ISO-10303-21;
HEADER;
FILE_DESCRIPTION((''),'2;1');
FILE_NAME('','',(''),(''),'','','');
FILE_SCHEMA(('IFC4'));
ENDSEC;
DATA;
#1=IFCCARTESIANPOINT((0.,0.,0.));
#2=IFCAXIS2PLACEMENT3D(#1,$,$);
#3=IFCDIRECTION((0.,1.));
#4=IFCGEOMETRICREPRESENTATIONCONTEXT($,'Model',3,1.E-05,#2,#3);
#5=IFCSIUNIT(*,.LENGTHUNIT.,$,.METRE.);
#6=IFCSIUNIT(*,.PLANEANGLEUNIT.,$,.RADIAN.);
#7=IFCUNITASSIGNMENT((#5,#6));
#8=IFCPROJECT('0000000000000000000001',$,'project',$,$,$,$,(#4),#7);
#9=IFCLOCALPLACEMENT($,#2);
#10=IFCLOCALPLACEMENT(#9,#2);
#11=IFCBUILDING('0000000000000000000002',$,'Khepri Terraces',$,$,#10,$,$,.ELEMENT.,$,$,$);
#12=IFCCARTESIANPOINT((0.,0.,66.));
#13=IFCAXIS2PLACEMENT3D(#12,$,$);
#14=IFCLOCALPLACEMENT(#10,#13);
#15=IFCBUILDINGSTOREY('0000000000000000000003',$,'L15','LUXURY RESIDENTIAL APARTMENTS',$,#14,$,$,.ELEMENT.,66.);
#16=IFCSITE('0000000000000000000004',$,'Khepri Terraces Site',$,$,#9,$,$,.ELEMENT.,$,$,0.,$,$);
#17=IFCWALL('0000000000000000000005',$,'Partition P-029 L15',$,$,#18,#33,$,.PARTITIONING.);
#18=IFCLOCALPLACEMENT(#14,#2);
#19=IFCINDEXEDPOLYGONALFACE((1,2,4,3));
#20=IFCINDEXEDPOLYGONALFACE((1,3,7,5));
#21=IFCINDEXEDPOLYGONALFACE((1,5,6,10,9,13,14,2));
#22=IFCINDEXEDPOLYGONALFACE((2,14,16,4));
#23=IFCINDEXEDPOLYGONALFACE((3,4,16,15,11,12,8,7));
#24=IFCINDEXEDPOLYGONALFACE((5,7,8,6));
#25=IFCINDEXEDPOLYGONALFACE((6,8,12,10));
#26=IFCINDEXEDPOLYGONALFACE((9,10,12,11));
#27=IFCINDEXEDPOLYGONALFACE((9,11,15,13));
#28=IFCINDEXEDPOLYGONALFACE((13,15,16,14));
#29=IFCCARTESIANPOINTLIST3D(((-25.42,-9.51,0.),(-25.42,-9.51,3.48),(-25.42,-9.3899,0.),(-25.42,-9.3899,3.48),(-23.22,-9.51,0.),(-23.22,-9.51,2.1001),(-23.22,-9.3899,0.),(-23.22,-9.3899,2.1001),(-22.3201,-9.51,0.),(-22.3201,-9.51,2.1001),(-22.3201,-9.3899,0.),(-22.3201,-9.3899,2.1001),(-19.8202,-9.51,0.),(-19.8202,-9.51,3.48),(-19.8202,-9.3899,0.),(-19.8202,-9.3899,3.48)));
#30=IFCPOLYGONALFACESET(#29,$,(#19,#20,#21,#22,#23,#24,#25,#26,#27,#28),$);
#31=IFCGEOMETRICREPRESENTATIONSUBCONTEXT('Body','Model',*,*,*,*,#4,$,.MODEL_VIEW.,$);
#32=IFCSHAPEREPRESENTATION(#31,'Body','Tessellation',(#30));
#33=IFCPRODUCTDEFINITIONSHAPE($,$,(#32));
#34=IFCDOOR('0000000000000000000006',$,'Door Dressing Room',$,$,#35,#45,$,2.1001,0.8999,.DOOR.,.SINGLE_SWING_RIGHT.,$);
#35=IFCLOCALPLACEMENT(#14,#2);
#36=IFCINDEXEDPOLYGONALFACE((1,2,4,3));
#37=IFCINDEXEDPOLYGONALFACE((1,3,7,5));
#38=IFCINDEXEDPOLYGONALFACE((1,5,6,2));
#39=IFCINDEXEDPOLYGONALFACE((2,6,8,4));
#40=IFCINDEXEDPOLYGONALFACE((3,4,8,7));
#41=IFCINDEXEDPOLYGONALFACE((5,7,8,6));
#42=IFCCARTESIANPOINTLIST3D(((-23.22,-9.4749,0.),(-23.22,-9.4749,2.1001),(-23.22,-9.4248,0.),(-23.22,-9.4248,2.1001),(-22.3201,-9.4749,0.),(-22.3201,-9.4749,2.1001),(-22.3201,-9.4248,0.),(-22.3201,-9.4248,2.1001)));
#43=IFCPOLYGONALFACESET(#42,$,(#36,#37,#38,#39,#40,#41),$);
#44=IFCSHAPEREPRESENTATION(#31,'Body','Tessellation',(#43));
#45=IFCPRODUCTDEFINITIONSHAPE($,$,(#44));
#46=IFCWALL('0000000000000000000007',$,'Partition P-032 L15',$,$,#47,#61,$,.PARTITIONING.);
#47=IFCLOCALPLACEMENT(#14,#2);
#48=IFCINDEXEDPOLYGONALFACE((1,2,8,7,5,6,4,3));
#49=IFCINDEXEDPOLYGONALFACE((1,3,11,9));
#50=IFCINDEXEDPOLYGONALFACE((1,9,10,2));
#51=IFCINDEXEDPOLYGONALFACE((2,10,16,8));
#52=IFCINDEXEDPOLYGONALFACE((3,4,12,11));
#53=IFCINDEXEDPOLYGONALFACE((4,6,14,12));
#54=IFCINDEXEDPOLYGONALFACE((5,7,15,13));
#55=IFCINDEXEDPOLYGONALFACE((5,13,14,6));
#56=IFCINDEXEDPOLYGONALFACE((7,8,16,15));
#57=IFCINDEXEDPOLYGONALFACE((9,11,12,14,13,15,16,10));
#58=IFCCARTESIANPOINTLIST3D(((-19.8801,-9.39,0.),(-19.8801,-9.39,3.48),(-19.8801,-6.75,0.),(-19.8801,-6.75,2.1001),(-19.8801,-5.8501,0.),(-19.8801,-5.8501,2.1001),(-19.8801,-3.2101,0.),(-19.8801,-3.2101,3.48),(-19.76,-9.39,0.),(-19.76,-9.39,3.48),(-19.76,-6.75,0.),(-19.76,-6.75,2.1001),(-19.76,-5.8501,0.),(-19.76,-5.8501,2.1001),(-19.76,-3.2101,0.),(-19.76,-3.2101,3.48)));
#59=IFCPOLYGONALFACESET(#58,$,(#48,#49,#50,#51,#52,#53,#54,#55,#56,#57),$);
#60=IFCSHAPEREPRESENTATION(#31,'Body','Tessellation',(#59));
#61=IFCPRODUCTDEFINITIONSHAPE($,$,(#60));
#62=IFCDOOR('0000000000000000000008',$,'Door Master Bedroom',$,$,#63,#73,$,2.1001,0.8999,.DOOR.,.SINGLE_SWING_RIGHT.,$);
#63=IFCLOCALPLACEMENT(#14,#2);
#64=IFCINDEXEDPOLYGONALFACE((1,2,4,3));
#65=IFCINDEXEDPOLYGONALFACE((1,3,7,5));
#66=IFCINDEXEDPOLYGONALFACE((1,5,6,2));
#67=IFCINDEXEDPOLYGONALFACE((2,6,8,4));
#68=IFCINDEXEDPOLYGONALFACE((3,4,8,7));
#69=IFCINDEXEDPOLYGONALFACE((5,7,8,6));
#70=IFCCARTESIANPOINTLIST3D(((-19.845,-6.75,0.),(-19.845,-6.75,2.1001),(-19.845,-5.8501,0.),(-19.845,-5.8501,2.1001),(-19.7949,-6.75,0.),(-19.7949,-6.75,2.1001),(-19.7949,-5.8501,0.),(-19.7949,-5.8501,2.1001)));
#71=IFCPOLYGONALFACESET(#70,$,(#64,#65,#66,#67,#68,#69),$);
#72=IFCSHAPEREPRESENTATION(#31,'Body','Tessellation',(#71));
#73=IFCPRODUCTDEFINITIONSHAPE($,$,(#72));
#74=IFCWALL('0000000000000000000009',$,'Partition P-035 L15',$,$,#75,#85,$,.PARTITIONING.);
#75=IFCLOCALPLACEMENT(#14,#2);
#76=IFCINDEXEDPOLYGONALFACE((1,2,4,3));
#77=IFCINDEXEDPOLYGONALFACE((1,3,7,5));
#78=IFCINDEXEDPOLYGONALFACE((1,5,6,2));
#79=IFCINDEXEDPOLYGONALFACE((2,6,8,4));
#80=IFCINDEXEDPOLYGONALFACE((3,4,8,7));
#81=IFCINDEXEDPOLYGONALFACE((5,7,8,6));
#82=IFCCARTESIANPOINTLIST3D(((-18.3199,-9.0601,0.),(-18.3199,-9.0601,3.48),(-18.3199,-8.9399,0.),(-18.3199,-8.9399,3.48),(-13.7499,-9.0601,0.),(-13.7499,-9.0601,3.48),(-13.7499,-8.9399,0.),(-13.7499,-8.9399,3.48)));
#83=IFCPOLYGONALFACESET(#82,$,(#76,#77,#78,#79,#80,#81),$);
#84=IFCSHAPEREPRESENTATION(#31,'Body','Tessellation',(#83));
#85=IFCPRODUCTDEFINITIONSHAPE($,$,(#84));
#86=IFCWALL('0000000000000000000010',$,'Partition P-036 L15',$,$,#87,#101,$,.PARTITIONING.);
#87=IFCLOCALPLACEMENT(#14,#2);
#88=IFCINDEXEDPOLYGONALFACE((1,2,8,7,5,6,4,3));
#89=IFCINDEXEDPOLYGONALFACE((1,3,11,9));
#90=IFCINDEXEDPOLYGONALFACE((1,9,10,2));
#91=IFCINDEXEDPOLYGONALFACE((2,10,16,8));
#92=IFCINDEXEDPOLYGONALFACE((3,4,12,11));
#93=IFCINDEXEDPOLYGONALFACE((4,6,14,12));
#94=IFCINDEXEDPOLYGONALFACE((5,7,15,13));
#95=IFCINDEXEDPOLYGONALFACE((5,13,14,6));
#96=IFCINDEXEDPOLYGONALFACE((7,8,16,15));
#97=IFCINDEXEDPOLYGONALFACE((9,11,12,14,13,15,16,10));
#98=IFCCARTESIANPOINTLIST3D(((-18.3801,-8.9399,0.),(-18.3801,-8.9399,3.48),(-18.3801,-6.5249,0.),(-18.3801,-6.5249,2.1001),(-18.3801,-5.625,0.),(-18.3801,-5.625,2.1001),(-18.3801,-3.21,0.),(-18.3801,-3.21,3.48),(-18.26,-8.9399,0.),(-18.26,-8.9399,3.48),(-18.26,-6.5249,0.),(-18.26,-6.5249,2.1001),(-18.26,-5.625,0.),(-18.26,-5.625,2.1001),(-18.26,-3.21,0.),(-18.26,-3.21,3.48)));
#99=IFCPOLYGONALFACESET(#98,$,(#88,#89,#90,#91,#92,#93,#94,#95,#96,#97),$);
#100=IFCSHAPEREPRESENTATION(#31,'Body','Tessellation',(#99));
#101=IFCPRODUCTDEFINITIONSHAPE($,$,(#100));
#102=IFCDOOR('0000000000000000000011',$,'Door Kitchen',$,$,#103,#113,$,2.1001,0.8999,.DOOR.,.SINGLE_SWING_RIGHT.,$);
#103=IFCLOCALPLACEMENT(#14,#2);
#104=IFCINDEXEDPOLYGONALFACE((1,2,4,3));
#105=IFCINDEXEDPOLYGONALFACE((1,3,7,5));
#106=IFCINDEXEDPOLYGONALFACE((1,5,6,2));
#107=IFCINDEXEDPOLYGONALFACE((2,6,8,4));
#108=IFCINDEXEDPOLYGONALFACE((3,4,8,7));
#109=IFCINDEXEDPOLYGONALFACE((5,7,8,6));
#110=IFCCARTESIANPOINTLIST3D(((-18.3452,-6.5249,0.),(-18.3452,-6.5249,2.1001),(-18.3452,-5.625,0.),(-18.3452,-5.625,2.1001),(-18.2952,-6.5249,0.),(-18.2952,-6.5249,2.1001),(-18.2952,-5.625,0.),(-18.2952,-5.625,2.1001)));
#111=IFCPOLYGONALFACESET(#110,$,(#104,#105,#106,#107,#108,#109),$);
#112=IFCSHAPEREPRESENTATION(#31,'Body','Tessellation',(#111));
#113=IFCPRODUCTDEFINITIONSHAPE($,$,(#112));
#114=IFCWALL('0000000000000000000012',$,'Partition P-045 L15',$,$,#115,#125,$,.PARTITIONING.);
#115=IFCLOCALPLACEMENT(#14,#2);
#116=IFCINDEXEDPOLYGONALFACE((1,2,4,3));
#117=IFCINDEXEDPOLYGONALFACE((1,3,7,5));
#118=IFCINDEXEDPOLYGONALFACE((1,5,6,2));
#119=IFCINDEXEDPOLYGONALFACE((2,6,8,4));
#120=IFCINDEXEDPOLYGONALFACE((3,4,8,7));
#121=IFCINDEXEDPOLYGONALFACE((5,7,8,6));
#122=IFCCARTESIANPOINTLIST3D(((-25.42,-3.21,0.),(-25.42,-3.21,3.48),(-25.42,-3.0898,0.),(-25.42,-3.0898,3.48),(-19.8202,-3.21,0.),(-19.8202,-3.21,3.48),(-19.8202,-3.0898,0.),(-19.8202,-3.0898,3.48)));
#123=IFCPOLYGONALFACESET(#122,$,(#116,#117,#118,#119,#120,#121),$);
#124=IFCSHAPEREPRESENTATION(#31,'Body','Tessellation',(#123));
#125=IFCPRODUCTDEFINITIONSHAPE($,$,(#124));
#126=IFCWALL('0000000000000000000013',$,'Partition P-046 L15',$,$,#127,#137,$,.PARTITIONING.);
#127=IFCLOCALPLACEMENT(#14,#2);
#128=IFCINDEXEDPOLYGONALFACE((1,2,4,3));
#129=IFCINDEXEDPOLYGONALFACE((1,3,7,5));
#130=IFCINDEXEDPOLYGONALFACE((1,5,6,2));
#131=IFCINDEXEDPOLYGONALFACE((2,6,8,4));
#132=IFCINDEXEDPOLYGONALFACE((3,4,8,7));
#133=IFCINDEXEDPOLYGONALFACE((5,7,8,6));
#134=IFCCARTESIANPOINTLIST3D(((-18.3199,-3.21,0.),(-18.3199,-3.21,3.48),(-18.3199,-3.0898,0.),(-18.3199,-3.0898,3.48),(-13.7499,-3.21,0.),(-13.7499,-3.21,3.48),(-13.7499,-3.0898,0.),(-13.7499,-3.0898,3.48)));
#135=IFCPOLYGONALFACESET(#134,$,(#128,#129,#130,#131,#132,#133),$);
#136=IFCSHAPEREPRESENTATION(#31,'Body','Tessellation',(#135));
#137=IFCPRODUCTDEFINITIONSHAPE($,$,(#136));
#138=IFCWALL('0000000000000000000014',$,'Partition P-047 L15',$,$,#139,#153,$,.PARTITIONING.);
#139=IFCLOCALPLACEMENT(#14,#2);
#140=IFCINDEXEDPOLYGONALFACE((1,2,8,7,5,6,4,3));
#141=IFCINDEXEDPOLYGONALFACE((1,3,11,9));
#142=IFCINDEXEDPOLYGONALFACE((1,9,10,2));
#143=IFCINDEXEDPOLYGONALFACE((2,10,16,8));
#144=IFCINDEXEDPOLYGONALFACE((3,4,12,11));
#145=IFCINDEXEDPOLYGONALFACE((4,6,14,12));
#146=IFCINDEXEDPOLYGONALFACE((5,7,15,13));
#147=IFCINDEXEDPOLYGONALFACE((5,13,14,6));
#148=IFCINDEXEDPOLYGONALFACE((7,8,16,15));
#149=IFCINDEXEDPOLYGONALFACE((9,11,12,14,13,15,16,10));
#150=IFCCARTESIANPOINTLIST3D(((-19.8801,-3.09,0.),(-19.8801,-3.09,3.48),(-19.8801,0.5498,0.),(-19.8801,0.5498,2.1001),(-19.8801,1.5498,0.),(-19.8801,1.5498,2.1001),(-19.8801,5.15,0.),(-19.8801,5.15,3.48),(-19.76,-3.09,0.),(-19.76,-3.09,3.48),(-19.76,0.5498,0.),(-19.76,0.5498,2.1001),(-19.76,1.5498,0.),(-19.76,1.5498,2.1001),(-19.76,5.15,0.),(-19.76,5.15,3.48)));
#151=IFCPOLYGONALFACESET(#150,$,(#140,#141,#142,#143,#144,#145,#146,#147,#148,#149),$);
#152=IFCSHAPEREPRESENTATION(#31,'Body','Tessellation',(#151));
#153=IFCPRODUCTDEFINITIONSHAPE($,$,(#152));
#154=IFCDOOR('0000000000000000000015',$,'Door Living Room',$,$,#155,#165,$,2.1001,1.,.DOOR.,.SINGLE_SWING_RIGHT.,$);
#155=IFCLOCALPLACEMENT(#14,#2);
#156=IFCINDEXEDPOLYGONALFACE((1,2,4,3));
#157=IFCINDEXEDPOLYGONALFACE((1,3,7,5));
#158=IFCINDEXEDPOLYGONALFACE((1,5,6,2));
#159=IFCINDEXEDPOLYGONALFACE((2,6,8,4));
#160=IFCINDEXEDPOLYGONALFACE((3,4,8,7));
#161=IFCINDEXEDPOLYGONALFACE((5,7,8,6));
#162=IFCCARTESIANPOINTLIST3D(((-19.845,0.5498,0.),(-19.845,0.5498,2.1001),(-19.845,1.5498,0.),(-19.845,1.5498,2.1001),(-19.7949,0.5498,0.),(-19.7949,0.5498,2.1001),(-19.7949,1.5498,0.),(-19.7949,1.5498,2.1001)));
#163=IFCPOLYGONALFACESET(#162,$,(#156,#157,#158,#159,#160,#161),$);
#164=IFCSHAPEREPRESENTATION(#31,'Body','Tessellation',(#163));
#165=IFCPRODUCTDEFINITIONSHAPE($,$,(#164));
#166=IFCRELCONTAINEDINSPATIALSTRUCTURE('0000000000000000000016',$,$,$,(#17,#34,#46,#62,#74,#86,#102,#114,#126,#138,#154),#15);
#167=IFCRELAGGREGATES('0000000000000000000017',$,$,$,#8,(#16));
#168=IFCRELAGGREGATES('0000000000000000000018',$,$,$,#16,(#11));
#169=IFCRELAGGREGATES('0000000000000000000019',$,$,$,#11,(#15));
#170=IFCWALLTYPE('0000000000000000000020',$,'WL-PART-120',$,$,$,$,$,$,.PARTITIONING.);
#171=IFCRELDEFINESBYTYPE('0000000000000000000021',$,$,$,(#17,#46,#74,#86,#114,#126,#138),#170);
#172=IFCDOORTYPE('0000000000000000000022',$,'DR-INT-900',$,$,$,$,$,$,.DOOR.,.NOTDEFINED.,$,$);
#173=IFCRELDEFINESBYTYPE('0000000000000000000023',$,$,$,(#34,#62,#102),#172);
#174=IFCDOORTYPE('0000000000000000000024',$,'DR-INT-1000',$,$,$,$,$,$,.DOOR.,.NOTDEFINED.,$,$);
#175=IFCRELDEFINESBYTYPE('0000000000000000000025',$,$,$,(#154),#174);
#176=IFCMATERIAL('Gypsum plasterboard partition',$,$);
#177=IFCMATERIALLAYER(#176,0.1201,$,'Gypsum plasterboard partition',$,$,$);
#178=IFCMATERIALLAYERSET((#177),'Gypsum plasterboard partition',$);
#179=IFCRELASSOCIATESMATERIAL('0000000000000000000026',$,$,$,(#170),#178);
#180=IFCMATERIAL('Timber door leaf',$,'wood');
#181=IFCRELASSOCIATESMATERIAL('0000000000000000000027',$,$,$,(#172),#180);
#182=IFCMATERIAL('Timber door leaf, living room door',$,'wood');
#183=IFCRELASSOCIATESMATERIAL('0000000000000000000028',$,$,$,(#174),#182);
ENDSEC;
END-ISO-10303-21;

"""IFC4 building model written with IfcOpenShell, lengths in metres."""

from ifc_helpers import new_model, si_unit, direction, frame, frame_2d, origin, place, context, subcontext, project, spatial, rectangle, extrude, material, layer, layer_set, type_object, element, fill, save


model = new_model("IFC4")

# Units and contexts
model_context = context("Model", 3, precision=1e-05, world=origin(), true_north=direction((0.0, 1.0)))
body_context = subcontext(model_context, "Body", "Model", "MODEL_VIEW")
ifc_project = project(units=[si_unit("LENGTHUNIT", "METRE"), si_unit("PLANEANGLEUNIT", "RADIAN")], contexts=[model_context])

# Site, building, storey
site_placement = place(None, origin())
site = spatial("IfcSite", under=ifc_project, at=site_placement, Name="Khepri Terraces Site", CompositionType="ELEMENT", RefElevation=0.0)
building_placement = place(site_placement, origin())
building = spatial("IfcBuilding", under=site, at=building_placement, Name="Khepri Terraces", CompositionType="ELEMENT")
storey_placement = place(building_placement, frame((0.0, 0.0, 66.0)))
storey = spatial("IfcBuildingStorey", under=building, at=storey_placement, Name="L15", Description="LUXURY RESIDENTIAL APARTMENTS", CompositionType="ELEMENT", Elevation=66.0)

# Walls, openings, doors
ifc_material_1 = material(Name="Gypsum plasterboard partition")
ifc_layer_1 = layer(ifc_material_1, 0.1201, Name="Gypsum plasterboard partition")
ifc_layer_set_1 = layer_set([ifc_layer_1], Name="Gypsum plasterboard partition")
wall_type_1 = type_object("IfcWallType", Name="WL-PART-120", PredefinedType="PARTITIONING", material=ifc_layer_set_1)
wall_1_placement = place(storey_placement, frame((-25.4199, -9.45, 0.0), z_axis=(0.0, 0.0, 1.0), x_axis=(1.0, 0.0, 0.0)))
wall_1 = element("IfcWall", 1, at=wall_1_placement, inside=storey, type_object=wall_type_1, Name="Partition P-029 L15", PredefinedType="PARTITIONING", context=body_context, shape_type="SweptSolid", body=[
    extrude(rectangle(XDim=5.5999, YDim=0.1201, at=frame_2d((2.7998, 0.0))), origin(), (0.0, 0.0, 1.0), 3.48),
])
opening_1_placement = place(wall_1_placement, frame((2.2, 0.0, 0.0)))
opening_1 = element("IfcOpeningElement", 2, at=opening_1_placement, cuts=wall_1, PredefinedType="OPENING", context=body_context, shape_type="SweptSolid", body=[
    extrude(rectangle(XDim=0.8999, YDim=2.1001, at=frame_2d((0.45, 1.05))), frame((0.0, 0.0701, 0.0), z_axis=(0.0, -1.0, 0.0), x_axis=(1.0, 0.0, 0.0)), (0.0, 0.0, 1.0), 0.1401),
])
ifc_material_2 = material(Name="Timber door leaf", Category="wood")
door_type_1 = type_object("IfcDoorType", Name="DR-INT-900", OperationType="NOTDEFINED", PredefinedType="DOOR", material=ifc_material_2)
door_1_placement = place(opening_1_placement, frame((0.8999, 0.0, 0.0), z_axis=(0.0, 0.0, 1.0), x_axis=(-1.0, 0.0, 0.0)))
door_1 = element("IfcDoor", 3, at=door_1_placement, inside=storey, type_object=door_type_1, Name="Door Dressing Room", OperationType="SINGLE_SWING_RIGHT", OverallHeight=2.1001, OverallWidth=0.8999, PredefinedType="DOOR", context=body_context, shape_type="SweptSolid", body=[
    extrude(rectangle(XDim=0.8999, YDim=2.1001, at=frame_2d((0.45, 1.05))), frame((0.0, 0.0249, 0.0), z_axis=(0.0, -1.0, 0.0), x_axis=(1.0, 0.0, 0.0)), (0.0, 0.0, 1.0), 0.05),
])
fill(opening_1, door_1)
wall_2_placement = place(storey_placement, frame((-19.8201, -9.3899, 0.0), z_axis=(0.0, 0.0, 1.0), x_axis=(0.0, 1.0, 0.0)))
wall_2 = element("IfcWall", 4, at=wall_2_placement, inside=storey, type_object=wall_type_1, Name="Partition P-032 L15", PredefinedType="PARTITIONING", context=body_context, shape_type="SweptSolid", body=[
    extrude(rectangle(XDim=6.1799, YDim=0.1201, at=frame_2d((3.0898, 0.0))), origin(), (0.0, 0.0, 1.0), 3.48),
])
opening_2_placement = place(wall_2_placement, frame((2.6399, 0.0, 0.0)))
opening_2 = element("IfcOpeningElement", 5, at=opening_2_placement, cuts=wall_2, PredefinedType="OPENING", context=body_context, shape_type="SweptSolid", body=[
    extrude(rectangle(XDim=0.8999, YDim=2.1001, at=frame_2d((0.45, 1.05))), frame((0.0, 0.0701, 0.0), z_axis=(0.0, -1.0, 0.0), x_axis=(1.0, 0.0, 0.0)), (0.0, 0.0, 1.0), 0.1401),
])
door_2_placement = place(opening_2_placement, origin())
door_2 = element("IfcDoor", 6, at=door_2_placement, inside=storey, type_object=door_type_1, Name="Door Master Bedroom", OperationType="SINGLE_SWING_RIGHT", OverallHeight=2.1001, OverallWidth=0.8999, PredefinedType="DOOR", context=body_context, shape_type="SweptSolid", body=[
    extrude(rectangle(XDim=0.8999, YDim=2.1001, at=frame_2d((0.45, 1.05))), frame((0.0, 0.0249, 0.0), z_axis=(0.0, -1.0, 0.0), x_axis=(1.0, 0.0, 0.0)), (0.0, 0.0, 1.0), 0.05),
])
fill(opening_2, door_2)

# Wall
wall_3_placement = place(storey_placement, frame((-18.3201, -9.0, 0.0), z_axis=(0.0, 0.0, 1.0), x_axis=(1.0, 0.0, 0.0)))
element("IfcWall", 7, at=wall_3_placement, inside=storey, type_object=wall_type_1, Name="Partition P-035 L15", PredefinedType="PARTITIONING", context=body_context, shape_type="SweptSolid", body=[
    extrude(rectangle(XDim=4.5701, YDim=0.1201, at=frame_2d((2.2852, 0.0))), origin(), (0.0, 0.0, 1.0), 3.48),
])

# Wall, opening, door
wall_4_placement = place(storey_placement, frame((-18.3201, -8.9399, 0.0), z_axis=(0.0, 0.0, 1.0), x_axis=(0.0, 1.0, 0.0)))
wall_4 = element("IfcWall", 8, at=wall_4_placement, inside=storey, type_object=wall_type_1, Name="Partition P-036 L15", PredefinedType="PARTITIONING", context=body_context, shape_type="SweptSolid", body=[
    extrude(rectangle(XDim=5.73, YDim=0.1201, at=frame_2d((2.865, 0.0))), origin(), (0.0, 0.0, 1.0), 3.48),
])
opening_3_placement = place(wall_4_placement, frame((2.415, 0.0, 0.0)))
opening_3 = element("IfcOpeningElement", 9, at=opening_3_placement, cuts=wall_4, PredefinedType="OPENING", context=body_context, shape_type="SweptSolid", body=[
    extrude(rectangle(XDim=0.8999, YDim=2.1001, at=frame_2d((0.45, 1.05))), frame((0.0, 0.0701, 0.0), z_axis=(0.0, -1.0, 0.0), x_axis=(1.0, 0.0, 0.0)), (0.0, 0.0, 1.0), 0.1401),
])
door_3_placement = place(opening_3_placement, frame((0.8999, 0.0, 0.0), z_axis=(0.0, 0.0, 1.0), x_axis=(-1.0, 0.0, 0.0)))
door_3 = element("IfcDoor", 10, at=door_3_placement, inside=storey, type_object=door_type_1, Name="Door Kitchen", OperationType="SINGLE_SWING_RIGHT", OverallHeight=2.1001, OverallWidth=0.8999, PredefinedType="DOOR", context=body_context, shape_type="SweptSolid", body=[
    extrude(rectangle(XDim=0.8999, YDim=2.1001, at=frame_2d((0.45, 1.05))), frame((0.0, 0.0249, 0.0), z_axis=(0.0, -1.0, 0.0), x_axis=(1.0, 0.0, 0.0)), (0.0, 0.0, 1.0), 0.05),
])
fill(opening_3, door_3)

# Walls
wall_5_placement = place(storey_placement, frame((-25.4199, -3.1499, 0.0), z_axis=(0.0, 0.0, 1.0), x_axis=(1.0, 0.0, 0.0)))
element("IfcWall", 11, at=wall_5_placement, inside=storey, type_object=wall_type_1, Name="Partition P-045 L15", PredefinedType="PARTITIONING", context=body_context, shape_type="SweptSolid", body=[
    extrude(rectangle(XDim=5.5999, YDim=0.1201, at=frame_2d((2.7998, 0.0))), origin(), (0.0, 0.0, 1.0), 3.48),
])
wall_6_placement = place(storey_placement, frame((-18.3201, -3.1499, 0.0), z_axis=(0.0, 0.0, 1.0), x_axis=(1.0, 0.0, 0.0)))
element("IfcWall", 12, at=wall_6_placement, inside=storey, type_object=wall_type_1, Name="Partition P-046 L15", PredefinedType="PARTITIONING", context=body_context, shape_type="SweptSolid", body=[
    extrude(rectangle(XDim=4.5701, YDim=0.1201, at=frame_2d((2.2852, 0.0))), origin(), (0.0, 0.0, 1.0), 3.48),
])

# Wall, opening, door
wall_7_placement = place(storey_placement, frame((-19.8201, -3.0901, 0.0), z_axis=(0.0, 0.0, 1.0), x_axis=(0.0, 1.0, 0.0)))
wall_7 = element("IfcWall", 13, at=wall_7_placement, inside=storey, type_object=wall_type_1, Name="Partition P-047 L15", PredefinedType="PARTITIONING", context=body_context, shape_type="SweptSolid", body=[
    extrude(rectangle(XDim=8.24, YDim=0.1201, at=frame_2d((4.1201, 0.0))), origin(), (0.0, 0.0, 1.0), 3.48),
])
opening_4_placement = place(wall_7_placement, frame((3.6399, 0.0, 0.0)))
opening_4 = element("IfcOpeningElement", 14, at=opening_4_placement, cuts=wall_7, PredefinedType="OPENING", context=body_context, shape_type="SweptSolid", body=[
    extrude(rectangle(XDim=1.0, YDim=2.1001, at=frame_2d((0.5, 1.05))), frame((0.0, 0.0701, 0.0), z_axis=(0.0, -1.0, 0.0), x_axis=(1.0, 0.0, 0.0)), (0.0, 0.0, 1.0), 0.1401),
])
ifc_material_3 = material(Name="Timber door leaf, living room door", Category="wood")
door_type_2 = type_object("IfcDoorType", Name="DR-INT-1000", OperationType="NOTDEFINED", PredefinedType="DOOR", material=ifc_material_3)
door_4_placement = place(opening_4_placement, origin())
door_4 = element("IfcDoor", 15, at=door_4_placement, inside=storey, type_object=door_type_2, Name="Door Living Room", OperationType="SINGLE_SWING_RIGHT", OverallHeight=2.1001, OverallWidth=1.0, PredefinedType="DOOR", context=body_context, shape_type="SweptSolid", body=[
    extrude(rectangle(XDim=1.0, YDim=2.1001, at=frame_2d((0.5, 1.05))), frame((0.0, 0.0249, 0.0), z_axis=(0.0, -1.0, 0.0), x_axis=(1.0, 0.0, 0.0)), (0.0, 0.0, 1.0), 0.05),
])
fill(opening_4, door_4)

save(model, "model.ifc")
